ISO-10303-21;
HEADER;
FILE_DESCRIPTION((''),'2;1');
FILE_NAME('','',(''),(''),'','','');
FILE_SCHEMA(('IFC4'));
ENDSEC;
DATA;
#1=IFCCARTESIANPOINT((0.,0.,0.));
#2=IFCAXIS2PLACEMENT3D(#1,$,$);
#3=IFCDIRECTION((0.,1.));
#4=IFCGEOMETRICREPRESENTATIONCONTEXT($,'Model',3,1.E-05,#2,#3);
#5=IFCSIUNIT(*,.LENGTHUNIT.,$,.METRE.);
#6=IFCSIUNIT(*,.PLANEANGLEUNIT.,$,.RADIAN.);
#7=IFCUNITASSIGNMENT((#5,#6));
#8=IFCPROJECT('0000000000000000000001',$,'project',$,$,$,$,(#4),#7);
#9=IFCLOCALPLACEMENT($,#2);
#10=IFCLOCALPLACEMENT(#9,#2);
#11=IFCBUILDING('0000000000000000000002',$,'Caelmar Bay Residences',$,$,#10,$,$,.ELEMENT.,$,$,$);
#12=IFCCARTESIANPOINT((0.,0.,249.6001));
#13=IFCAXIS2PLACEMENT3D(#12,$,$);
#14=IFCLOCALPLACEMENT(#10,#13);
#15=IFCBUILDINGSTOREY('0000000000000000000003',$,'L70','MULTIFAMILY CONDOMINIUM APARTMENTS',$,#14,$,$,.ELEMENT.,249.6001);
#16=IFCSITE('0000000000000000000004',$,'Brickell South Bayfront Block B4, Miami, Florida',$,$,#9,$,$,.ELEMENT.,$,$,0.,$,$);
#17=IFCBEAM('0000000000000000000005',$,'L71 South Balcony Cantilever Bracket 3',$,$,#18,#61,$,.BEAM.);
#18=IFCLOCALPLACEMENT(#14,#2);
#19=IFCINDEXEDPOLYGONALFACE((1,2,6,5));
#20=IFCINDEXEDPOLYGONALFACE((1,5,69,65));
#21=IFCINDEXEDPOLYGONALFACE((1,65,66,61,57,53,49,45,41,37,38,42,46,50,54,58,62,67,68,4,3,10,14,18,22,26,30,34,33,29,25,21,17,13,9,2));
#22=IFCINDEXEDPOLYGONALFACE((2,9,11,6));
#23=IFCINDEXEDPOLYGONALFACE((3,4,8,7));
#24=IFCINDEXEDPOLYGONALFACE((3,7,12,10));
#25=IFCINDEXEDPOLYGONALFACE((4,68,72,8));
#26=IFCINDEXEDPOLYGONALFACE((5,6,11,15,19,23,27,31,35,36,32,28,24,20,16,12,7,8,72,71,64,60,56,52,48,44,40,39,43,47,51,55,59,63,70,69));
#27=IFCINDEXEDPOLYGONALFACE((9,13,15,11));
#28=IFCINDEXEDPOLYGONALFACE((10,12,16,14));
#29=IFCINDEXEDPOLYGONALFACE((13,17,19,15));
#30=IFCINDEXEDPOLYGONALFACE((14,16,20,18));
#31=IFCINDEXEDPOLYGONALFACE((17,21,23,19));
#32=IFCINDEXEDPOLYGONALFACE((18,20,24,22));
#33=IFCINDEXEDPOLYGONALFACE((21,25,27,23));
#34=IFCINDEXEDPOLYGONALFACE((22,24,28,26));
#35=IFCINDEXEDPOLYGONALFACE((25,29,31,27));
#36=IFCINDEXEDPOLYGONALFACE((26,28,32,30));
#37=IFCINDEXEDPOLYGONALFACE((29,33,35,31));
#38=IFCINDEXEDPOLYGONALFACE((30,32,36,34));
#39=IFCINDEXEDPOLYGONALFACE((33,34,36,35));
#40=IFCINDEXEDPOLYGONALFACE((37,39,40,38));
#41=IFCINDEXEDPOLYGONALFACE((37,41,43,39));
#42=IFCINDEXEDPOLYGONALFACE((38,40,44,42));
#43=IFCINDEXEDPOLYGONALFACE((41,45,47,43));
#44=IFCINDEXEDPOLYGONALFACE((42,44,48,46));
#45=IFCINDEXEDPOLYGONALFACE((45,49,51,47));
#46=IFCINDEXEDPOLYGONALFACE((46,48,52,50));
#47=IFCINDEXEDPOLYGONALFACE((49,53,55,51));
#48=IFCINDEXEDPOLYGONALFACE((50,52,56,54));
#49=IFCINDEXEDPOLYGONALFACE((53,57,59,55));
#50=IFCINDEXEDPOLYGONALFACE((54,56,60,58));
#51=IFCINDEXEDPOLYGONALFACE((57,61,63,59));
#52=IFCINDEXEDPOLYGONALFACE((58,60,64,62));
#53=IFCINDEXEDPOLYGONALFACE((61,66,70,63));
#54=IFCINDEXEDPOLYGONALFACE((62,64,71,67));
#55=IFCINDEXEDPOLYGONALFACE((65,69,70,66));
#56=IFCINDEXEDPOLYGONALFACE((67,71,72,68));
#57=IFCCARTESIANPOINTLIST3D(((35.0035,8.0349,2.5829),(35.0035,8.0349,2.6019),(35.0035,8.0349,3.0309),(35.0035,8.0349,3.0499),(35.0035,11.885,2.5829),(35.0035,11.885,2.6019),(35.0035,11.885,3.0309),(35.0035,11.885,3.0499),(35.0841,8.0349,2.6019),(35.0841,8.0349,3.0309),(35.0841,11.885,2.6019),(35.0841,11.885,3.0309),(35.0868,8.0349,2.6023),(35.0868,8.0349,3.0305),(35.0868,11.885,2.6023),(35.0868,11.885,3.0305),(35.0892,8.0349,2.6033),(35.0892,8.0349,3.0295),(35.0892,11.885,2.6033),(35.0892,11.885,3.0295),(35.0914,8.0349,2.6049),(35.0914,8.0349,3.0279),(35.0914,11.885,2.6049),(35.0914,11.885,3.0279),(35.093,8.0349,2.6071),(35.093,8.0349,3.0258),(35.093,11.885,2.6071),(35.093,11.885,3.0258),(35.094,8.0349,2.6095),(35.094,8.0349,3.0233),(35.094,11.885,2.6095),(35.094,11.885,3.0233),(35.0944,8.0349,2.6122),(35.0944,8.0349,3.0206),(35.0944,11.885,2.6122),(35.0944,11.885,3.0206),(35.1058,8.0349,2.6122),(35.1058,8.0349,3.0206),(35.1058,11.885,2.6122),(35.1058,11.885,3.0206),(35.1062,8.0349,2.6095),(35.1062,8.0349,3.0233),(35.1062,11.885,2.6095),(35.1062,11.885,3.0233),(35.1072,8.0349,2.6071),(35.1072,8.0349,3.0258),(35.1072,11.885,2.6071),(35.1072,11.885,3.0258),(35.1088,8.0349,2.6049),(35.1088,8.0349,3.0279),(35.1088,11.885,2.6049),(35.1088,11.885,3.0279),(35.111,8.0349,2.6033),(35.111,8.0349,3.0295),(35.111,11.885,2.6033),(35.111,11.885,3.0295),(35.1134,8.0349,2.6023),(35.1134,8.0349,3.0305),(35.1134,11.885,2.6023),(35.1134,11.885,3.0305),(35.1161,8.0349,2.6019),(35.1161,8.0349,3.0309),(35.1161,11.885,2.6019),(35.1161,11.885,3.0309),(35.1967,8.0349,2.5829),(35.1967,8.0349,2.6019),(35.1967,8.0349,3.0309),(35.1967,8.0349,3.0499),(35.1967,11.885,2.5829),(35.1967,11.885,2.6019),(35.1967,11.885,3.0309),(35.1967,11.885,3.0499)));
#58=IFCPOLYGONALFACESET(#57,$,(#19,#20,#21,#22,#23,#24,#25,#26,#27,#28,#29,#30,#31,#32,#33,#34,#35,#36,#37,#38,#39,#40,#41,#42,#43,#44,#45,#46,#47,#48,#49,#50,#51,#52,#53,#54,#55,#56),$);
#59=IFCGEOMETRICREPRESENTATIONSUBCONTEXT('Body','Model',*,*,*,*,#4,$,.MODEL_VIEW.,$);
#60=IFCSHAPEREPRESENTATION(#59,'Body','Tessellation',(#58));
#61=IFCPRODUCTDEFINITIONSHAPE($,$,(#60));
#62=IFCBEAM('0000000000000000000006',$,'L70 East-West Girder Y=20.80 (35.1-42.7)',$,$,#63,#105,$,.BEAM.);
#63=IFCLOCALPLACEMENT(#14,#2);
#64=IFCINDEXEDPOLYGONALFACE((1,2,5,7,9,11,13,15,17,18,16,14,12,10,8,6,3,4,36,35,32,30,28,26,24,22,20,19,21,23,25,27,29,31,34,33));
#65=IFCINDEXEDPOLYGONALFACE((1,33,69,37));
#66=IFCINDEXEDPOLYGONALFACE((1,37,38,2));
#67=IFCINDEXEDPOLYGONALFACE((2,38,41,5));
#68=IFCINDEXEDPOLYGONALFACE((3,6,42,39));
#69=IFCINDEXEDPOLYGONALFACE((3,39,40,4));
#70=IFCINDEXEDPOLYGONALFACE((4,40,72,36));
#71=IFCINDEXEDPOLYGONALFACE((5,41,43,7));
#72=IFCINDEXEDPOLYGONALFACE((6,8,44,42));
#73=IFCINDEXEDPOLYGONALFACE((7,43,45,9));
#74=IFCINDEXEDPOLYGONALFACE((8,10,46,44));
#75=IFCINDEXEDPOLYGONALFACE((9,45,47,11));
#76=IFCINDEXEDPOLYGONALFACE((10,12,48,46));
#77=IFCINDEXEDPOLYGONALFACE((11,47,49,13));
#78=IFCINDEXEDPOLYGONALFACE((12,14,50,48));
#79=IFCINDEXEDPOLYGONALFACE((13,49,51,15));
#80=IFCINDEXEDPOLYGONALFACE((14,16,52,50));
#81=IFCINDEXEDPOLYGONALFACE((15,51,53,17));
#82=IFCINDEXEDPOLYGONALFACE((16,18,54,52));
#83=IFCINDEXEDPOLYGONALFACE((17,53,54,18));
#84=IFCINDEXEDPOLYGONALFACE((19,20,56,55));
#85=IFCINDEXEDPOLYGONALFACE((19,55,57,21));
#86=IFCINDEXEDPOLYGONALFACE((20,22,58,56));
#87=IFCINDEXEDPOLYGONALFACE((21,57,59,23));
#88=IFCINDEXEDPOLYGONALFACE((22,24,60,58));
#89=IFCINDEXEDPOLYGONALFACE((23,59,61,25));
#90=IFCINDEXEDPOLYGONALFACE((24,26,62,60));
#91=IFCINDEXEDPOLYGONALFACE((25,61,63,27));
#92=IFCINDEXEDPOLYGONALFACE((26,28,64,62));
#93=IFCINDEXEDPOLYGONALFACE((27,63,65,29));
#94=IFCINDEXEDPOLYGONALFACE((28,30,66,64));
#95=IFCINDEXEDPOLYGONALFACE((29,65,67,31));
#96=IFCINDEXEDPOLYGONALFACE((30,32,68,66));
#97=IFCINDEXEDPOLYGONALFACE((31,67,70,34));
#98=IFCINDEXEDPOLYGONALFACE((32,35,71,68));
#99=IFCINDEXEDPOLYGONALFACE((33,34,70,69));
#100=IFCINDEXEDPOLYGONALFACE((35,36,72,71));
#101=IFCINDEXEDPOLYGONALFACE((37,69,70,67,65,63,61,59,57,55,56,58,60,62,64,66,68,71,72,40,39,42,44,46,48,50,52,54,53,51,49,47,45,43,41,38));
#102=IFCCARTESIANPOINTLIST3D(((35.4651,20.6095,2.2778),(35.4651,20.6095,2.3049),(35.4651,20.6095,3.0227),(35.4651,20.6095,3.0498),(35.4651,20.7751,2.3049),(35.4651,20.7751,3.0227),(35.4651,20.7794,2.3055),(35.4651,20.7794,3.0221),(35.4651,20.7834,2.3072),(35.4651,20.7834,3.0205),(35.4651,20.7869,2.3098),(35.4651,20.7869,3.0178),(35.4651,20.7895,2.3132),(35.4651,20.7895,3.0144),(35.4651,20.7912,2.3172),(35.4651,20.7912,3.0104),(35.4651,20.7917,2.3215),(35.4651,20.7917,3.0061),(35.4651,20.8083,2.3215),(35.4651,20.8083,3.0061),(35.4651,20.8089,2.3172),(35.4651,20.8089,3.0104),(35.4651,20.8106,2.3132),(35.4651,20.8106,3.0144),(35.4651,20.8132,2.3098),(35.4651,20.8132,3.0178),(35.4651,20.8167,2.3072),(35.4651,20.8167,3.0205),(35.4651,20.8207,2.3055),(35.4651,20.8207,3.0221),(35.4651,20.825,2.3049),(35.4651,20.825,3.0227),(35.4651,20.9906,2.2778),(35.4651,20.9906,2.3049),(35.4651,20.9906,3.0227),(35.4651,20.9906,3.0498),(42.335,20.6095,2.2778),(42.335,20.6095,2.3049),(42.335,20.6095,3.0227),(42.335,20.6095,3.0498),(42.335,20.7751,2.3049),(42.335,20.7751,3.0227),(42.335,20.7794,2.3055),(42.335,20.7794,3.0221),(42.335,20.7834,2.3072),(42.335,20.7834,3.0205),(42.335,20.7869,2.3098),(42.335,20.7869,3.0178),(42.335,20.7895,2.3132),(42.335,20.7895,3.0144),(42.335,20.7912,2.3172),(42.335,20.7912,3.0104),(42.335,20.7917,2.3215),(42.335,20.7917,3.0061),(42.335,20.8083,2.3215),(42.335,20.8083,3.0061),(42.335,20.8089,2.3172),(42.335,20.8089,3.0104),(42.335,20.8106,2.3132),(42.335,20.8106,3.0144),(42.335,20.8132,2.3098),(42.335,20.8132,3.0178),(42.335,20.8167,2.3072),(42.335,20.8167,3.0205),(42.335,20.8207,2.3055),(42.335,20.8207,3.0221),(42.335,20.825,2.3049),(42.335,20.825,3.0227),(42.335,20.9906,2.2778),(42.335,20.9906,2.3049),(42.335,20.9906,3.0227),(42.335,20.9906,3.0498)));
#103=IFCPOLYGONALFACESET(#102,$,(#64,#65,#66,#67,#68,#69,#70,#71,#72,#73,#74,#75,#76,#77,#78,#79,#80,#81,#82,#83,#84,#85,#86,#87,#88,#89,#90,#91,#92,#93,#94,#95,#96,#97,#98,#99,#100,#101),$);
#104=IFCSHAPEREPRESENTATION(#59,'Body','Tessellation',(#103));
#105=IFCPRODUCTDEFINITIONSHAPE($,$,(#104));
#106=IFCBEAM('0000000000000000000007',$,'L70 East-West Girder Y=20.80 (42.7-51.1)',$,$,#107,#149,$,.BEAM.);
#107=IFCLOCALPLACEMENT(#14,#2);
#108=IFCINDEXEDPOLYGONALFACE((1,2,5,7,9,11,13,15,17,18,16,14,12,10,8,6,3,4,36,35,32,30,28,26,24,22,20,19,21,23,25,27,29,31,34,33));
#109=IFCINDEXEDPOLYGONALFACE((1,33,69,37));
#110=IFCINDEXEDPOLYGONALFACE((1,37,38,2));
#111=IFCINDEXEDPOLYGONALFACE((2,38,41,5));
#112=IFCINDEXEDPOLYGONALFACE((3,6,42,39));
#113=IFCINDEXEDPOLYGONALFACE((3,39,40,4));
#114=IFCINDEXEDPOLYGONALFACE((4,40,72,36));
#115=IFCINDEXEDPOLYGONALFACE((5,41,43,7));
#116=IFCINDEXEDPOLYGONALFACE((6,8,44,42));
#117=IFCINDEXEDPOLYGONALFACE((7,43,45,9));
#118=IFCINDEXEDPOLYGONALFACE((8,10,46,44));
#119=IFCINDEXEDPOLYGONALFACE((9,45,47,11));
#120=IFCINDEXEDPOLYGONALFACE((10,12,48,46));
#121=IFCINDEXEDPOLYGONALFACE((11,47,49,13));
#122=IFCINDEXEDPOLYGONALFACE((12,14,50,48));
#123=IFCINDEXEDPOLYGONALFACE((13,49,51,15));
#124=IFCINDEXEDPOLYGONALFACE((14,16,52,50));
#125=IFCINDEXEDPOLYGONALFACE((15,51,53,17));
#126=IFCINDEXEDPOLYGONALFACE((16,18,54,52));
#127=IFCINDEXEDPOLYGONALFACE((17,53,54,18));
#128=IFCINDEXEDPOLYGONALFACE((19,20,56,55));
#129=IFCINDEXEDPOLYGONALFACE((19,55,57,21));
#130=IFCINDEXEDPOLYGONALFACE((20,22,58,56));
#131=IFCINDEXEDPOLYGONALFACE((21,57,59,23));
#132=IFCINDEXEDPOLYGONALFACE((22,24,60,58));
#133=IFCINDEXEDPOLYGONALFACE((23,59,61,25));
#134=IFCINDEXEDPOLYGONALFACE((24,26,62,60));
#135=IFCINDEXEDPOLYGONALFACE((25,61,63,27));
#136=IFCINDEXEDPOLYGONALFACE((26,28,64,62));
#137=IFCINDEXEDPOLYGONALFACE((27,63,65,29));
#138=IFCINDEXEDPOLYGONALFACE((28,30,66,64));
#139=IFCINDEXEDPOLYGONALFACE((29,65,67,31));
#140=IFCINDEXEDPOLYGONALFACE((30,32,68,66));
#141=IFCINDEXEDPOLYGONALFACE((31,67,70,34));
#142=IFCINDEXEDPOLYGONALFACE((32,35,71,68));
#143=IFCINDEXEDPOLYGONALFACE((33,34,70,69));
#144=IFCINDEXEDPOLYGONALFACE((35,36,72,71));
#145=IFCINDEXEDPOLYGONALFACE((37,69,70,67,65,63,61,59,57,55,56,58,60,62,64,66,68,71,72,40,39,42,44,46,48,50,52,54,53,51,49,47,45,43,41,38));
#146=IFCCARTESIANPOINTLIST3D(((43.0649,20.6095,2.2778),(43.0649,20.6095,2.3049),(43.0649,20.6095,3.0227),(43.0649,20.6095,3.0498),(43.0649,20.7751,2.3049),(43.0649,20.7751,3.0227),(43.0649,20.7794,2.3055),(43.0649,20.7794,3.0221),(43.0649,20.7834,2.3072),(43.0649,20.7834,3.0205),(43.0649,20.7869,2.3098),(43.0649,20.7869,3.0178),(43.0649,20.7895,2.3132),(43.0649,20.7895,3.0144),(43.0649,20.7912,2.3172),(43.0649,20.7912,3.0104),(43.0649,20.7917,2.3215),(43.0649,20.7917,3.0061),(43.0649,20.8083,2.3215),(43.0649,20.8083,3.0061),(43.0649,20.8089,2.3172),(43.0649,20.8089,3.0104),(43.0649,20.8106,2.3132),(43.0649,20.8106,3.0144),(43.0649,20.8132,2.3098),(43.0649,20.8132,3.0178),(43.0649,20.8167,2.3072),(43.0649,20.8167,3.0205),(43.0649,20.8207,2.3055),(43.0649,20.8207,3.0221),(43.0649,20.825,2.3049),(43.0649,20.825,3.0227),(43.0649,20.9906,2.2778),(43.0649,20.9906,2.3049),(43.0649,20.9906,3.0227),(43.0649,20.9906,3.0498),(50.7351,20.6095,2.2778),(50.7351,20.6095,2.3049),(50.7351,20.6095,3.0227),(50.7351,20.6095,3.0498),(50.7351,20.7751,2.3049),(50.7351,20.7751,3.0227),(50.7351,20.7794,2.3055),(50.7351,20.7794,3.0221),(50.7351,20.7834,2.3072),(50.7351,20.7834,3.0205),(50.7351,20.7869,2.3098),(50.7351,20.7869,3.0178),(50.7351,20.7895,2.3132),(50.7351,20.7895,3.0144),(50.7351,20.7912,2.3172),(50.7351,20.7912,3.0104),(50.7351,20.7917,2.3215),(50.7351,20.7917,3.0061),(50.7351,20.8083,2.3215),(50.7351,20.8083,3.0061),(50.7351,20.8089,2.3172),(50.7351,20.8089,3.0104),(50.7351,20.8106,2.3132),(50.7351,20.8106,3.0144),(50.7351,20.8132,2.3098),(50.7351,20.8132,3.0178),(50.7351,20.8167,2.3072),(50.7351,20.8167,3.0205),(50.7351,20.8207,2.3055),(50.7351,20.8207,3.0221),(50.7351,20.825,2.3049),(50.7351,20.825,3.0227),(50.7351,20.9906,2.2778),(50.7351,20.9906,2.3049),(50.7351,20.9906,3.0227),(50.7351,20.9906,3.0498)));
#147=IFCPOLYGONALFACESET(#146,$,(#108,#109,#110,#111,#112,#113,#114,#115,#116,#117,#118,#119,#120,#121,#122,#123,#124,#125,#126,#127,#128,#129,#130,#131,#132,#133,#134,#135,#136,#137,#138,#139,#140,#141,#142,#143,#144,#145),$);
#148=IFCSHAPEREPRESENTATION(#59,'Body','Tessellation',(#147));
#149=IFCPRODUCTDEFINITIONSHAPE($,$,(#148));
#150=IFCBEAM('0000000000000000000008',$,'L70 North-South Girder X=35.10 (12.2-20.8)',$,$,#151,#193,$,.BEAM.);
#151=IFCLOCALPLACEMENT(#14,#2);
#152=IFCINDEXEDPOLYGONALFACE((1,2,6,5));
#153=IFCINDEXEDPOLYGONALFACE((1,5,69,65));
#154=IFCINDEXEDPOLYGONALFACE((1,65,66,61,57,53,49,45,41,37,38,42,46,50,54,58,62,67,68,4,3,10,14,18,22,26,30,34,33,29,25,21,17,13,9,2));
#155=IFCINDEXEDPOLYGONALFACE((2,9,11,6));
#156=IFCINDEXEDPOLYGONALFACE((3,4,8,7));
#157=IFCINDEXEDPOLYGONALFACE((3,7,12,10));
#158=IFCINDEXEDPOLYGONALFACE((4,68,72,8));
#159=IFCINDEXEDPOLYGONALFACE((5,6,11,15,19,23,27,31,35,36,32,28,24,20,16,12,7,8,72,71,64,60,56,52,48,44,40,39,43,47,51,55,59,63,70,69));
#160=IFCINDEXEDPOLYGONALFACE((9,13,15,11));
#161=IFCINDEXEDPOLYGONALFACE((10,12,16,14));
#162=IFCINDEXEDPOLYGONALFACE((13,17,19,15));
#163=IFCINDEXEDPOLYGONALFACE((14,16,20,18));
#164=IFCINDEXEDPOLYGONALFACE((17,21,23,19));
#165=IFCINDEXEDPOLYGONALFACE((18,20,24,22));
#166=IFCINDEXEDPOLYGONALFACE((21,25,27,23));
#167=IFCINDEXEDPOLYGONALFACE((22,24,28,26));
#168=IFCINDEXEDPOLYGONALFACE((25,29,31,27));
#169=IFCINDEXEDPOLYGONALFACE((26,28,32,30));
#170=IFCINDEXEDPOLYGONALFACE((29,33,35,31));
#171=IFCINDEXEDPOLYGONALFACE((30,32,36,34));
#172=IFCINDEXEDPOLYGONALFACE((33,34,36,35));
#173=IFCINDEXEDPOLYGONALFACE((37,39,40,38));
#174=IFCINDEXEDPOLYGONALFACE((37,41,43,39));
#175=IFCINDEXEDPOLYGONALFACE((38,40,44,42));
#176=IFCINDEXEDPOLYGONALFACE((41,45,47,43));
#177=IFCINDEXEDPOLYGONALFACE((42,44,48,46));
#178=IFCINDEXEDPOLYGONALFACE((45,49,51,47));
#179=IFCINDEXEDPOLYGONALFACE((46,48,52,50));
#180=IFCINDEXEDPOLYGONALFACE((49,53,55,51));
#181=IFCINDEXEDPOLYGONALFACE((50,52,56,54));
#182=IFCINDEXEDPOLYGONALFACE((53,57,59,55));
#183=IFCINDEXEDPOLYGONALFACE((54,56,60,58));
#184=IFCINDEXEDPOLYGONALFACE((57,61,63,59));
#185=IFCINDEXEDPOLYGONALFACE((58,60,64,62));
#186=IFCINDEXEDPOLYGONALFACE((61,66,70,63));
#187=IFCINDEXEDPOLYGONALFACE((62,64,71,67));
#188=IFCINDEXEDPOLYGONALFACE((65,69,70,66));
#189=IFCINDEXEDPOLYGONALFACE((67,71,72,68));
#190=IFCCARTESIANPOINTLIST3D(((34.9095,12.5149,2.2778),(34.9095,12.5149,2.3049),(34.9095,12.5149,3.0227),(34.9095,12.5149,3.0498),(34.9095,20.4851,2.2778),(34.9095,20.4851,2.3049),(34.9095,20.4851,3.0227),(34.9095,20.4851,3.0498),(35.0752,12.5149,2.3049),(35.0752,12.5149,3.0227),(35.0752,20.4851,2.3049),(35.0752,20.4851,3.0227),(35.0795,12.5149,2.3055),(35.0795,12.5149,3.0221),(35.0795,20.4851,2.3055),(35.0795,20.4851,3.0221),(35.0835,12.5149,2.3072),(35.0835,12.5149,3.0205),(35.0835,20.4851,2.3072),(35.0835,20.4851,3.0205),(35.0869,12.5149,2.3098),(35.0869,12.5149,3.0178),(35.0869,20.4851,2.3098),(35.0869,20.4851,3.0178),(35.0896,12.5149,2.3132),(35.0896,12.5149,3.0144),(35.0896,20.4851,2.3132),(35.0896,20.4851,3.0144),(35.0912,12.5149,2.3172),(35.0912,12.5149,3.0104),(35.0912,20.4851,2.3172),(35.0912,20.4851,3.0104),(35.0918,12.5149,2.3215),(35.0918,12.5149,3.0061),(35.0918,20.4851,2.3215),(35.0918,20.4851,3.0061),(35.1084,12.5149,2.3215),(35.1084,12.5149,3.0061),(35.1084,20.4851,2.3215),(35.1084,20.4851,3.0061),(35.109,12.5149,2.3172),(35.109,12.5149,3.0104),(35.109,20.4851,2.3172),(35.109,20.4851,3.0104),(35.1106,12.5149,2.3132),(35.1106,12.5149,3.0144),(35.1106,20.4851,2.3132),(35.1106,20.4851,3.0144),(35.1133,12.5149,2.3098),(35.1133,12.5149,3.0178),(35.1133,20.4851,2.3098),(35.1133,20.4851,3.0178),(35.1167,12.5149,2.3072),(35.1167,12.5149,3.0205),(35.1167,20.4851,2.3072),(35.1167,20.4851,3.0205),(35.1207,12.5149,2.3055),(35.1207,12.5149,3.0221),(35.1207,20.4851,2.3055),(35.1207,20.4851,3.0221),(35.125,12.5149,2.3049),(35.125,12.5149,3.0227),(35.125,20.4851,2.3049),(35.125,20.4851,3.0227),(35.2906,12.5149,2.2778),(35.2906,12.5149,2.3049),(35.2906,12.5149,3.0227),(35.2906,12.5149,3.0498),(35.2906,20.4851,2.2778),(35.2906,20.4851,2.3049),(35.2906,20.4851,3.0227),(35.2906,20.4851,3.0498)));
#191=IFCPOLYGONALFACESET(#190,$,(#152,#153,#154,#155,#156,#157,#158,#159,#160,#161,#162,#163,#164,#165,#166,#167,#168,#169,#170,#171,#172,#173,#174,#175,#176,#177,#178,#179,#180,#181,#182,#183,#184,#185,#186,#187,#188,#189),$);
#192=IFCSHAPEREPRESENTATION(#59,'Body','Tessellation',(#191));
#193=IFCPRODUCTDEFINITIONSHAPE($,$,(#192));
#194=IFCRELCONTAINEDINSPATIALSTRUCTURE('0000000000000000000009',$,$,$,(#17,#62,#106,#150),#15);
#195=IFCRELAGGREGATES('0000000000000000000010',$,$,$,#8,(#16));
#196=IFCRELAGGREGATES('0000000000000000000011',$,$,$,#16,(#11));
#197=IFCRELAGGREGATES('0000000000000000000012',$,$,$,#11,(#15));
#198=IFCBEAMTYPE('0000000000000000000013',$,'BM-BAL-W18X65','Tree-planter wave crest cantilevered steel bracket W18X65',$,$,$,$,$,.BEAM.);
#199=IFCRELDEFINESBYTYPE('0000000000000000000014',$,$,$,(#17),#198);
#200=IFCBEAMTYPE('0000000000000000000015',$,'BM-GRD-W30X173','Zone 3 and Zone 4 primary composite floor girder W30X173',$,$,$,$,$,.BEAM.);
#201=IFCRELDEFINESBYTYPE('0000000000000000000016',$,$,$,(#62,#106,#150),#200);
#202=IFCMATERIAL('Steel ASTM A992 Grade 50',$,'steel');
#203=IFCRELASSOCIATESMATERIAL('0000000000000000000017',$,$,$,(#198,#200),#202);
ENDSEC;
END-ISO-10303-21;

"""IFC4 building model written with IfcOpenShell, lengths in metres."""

from ifc_helpers import new_model, si_unit, direction, frame, origin, origin_2d, place, context, subcontext, project, spatial, i_section, extrude, material, material_profile, profile_set, type_object, element, save


model = new_model("IFC4")

# Units and contexts
model_context = context("Model", 3, precision=1e-05, world=origin(), true_north=direction((0.0, 1.0)))
body_context = subcontext(model_context, "Body", "Model", "MODEL_VIEW")
ifc_project = project(units=[si_unit("LENGTHUNIT", "METRE"), si_unit("PLANEANGLEUNIT", "RADIAN")], contexts=[model_context])

# Site, building, storey
site_placement = place(None, origin())
site = spatial("IfcSite", under=ifc_project, at=site_placement, Name="Brickell South Bayfront Block B4, Miami, Florida", CompositionType="ELEMENT", RefElevation=0.0)
building_placement = place(site_placement, origin())
building = spatial("IfcBuilding", under=site, at=building_placement, Name="Caelmar Bay Residences", CompositionType="ELEMENT")
storey_placement = place(building_placement, frame((0.0, 0.0, 249.6001)))
storey = spatial("IfcBuildingStorey", under=building, at=storey_placement, Name="L70", Description="MULTIFAMILY CONDOMINIUM APARTMENTS", CompositionType="ELEMENT", Elevation=249.6001)

# Beams
ifc_material_1 = material(Name="Steel ASTM A992 Grade 50", Category="steel")
ifc_material_profile_1 = material_profile(ifc_material_1, i_section(OverallWidth=0.1931, OverallDepth=0.467, WebThickness=0.0115, FlangeThickness=0.019, FilletRadius=0.0103, at=origin_2d()), Name="W18X65")
ifc_profile_set_1 = profile_set([ifc_material_profile_1], Name="Steel ASTM A992 Grade 50")
beam_type_1 = type_object("IfcBeamType", Name="BM-BAL-W18X65", Description="Tree-planter wave crest cantilevered steel bracket W18X65", PredefinedType="BEAM", material=ifc_profile_set_1)
beam_1_placement = place(storey_placement, frame((35.1001, 11.885, 2.8164), z_axis=(0.0, -1.0, 0.0), x_axis=(1.0, 0.0, 0.0)))
element("IfcBeam", 1, at=beam_1_placement, inside=storey, type_object=beam_type_1, Name="L71 South Balcony Cantilever Bracket 3", PredefinedType="BEAM", context=body_context, shape_type="SweptSolid", body=[
    extrude(i_section(OverallWidth=0.1931, OverallDepth=0.467, WebThickness=0.0115, FlangeThickness=0.019, FilletRadius=0.0103, at=origin_2d()), origin(), (0.0, 0.0, 1.0), 3.8501),
])
ifc_material_profile_2 = material_profile(ifc_material_1, i_section(OverallWidth=0.3811, OverallDepth=0.772, WebThickness=0.0166, FlangeThickness=0.0271, FilletRadius=0.0166, at=origin_2d()), Name="W30X173")
ifc_profile_set_2 = profile_set([ifc_material_profile_2], Name="Steel ASTM A992 Grade 50")
beam_type_2 = type_object("IfcBeamType", Name="BM-GRD-W30X173", Description="Zone 3 and Zone 4 primary composite floor girder W30X173", PredefinedType="BEAM", material=ifc_profile_set_2)
beam_2_placement = place(storey_placement, frame((35.4651, 20.8, 2.6638), z_axis=(1.0, 0.0, 0.0), x_axis=(0.0, 1.0, 0.0)))
element("IfcBeam", 2, at=beam_2_placement, inside=storey, type_object=beam_type_2, Name="L70 East-West Girder Y=20.80 (35.1-42.7)", PredefinedType="BEAM", context=body_context, shape_type="SweptSolid", body=[
    extrude(i_section(OverallWidth=0.3811, OverallDepth=0.772, WebThickness=0.0166, FlangeThickness=0.0271, FilletRadius=0.0166, at=origin_2d()), origin(), (0.0, 0.0, 1.0), 6.8699),
])
beam_3_placement = place(storey_placement, frame((43.0649, 20.8, 2.6638), z_axis=(1.0, 0.0, 0.0), x_axis=(0.0, 1.0, 0.0)))
element("IfcBeam", 3, at=beam_3_placement, inside=storey, type_object=beam_type_2, Name="L70 East-West Girder Y=20.80 (42.7-51.1)", PredefinedType="BEAM", context=body_context, shape_type="SweptSolid", body=[
    extrude(i_section(OverallWidth=0.3811, OverallDepth=0.772, WebThickness=0.0166, FlangeThickness=0.0271, FilletRadius=0.0166, at=origin_2d()), origin(), (0.0, 0.0, 1.0), 7.6702),
])
beam_4_placement = place(storey_placement, frame((35.1001, 12.5149, 2.6638), z_axis=(0.0, 1.0, 0.0), x_axis=(-1.0, 0.0, 0.0)))
element("IfcBeam", 4, at=beam_4_placement, inside=storey, type_object=beam_type_2, Name="L70 North-South Girder X=35.10 (12.2-20.8)", PredefinedType="BEAM", context=body_context, shape_type="SweptSolid", body=[
    extrude(i_section(OverallWidth=0.3811, OverallDepth=0.772, WebThickness=0.0166, FlangeThickness=0.0271, FilletRadius=0.0166, at=origin_2d()), origin(), (0.0, 0.0, 1.0), 7.9702),
])

save(model, "model.ifc")
